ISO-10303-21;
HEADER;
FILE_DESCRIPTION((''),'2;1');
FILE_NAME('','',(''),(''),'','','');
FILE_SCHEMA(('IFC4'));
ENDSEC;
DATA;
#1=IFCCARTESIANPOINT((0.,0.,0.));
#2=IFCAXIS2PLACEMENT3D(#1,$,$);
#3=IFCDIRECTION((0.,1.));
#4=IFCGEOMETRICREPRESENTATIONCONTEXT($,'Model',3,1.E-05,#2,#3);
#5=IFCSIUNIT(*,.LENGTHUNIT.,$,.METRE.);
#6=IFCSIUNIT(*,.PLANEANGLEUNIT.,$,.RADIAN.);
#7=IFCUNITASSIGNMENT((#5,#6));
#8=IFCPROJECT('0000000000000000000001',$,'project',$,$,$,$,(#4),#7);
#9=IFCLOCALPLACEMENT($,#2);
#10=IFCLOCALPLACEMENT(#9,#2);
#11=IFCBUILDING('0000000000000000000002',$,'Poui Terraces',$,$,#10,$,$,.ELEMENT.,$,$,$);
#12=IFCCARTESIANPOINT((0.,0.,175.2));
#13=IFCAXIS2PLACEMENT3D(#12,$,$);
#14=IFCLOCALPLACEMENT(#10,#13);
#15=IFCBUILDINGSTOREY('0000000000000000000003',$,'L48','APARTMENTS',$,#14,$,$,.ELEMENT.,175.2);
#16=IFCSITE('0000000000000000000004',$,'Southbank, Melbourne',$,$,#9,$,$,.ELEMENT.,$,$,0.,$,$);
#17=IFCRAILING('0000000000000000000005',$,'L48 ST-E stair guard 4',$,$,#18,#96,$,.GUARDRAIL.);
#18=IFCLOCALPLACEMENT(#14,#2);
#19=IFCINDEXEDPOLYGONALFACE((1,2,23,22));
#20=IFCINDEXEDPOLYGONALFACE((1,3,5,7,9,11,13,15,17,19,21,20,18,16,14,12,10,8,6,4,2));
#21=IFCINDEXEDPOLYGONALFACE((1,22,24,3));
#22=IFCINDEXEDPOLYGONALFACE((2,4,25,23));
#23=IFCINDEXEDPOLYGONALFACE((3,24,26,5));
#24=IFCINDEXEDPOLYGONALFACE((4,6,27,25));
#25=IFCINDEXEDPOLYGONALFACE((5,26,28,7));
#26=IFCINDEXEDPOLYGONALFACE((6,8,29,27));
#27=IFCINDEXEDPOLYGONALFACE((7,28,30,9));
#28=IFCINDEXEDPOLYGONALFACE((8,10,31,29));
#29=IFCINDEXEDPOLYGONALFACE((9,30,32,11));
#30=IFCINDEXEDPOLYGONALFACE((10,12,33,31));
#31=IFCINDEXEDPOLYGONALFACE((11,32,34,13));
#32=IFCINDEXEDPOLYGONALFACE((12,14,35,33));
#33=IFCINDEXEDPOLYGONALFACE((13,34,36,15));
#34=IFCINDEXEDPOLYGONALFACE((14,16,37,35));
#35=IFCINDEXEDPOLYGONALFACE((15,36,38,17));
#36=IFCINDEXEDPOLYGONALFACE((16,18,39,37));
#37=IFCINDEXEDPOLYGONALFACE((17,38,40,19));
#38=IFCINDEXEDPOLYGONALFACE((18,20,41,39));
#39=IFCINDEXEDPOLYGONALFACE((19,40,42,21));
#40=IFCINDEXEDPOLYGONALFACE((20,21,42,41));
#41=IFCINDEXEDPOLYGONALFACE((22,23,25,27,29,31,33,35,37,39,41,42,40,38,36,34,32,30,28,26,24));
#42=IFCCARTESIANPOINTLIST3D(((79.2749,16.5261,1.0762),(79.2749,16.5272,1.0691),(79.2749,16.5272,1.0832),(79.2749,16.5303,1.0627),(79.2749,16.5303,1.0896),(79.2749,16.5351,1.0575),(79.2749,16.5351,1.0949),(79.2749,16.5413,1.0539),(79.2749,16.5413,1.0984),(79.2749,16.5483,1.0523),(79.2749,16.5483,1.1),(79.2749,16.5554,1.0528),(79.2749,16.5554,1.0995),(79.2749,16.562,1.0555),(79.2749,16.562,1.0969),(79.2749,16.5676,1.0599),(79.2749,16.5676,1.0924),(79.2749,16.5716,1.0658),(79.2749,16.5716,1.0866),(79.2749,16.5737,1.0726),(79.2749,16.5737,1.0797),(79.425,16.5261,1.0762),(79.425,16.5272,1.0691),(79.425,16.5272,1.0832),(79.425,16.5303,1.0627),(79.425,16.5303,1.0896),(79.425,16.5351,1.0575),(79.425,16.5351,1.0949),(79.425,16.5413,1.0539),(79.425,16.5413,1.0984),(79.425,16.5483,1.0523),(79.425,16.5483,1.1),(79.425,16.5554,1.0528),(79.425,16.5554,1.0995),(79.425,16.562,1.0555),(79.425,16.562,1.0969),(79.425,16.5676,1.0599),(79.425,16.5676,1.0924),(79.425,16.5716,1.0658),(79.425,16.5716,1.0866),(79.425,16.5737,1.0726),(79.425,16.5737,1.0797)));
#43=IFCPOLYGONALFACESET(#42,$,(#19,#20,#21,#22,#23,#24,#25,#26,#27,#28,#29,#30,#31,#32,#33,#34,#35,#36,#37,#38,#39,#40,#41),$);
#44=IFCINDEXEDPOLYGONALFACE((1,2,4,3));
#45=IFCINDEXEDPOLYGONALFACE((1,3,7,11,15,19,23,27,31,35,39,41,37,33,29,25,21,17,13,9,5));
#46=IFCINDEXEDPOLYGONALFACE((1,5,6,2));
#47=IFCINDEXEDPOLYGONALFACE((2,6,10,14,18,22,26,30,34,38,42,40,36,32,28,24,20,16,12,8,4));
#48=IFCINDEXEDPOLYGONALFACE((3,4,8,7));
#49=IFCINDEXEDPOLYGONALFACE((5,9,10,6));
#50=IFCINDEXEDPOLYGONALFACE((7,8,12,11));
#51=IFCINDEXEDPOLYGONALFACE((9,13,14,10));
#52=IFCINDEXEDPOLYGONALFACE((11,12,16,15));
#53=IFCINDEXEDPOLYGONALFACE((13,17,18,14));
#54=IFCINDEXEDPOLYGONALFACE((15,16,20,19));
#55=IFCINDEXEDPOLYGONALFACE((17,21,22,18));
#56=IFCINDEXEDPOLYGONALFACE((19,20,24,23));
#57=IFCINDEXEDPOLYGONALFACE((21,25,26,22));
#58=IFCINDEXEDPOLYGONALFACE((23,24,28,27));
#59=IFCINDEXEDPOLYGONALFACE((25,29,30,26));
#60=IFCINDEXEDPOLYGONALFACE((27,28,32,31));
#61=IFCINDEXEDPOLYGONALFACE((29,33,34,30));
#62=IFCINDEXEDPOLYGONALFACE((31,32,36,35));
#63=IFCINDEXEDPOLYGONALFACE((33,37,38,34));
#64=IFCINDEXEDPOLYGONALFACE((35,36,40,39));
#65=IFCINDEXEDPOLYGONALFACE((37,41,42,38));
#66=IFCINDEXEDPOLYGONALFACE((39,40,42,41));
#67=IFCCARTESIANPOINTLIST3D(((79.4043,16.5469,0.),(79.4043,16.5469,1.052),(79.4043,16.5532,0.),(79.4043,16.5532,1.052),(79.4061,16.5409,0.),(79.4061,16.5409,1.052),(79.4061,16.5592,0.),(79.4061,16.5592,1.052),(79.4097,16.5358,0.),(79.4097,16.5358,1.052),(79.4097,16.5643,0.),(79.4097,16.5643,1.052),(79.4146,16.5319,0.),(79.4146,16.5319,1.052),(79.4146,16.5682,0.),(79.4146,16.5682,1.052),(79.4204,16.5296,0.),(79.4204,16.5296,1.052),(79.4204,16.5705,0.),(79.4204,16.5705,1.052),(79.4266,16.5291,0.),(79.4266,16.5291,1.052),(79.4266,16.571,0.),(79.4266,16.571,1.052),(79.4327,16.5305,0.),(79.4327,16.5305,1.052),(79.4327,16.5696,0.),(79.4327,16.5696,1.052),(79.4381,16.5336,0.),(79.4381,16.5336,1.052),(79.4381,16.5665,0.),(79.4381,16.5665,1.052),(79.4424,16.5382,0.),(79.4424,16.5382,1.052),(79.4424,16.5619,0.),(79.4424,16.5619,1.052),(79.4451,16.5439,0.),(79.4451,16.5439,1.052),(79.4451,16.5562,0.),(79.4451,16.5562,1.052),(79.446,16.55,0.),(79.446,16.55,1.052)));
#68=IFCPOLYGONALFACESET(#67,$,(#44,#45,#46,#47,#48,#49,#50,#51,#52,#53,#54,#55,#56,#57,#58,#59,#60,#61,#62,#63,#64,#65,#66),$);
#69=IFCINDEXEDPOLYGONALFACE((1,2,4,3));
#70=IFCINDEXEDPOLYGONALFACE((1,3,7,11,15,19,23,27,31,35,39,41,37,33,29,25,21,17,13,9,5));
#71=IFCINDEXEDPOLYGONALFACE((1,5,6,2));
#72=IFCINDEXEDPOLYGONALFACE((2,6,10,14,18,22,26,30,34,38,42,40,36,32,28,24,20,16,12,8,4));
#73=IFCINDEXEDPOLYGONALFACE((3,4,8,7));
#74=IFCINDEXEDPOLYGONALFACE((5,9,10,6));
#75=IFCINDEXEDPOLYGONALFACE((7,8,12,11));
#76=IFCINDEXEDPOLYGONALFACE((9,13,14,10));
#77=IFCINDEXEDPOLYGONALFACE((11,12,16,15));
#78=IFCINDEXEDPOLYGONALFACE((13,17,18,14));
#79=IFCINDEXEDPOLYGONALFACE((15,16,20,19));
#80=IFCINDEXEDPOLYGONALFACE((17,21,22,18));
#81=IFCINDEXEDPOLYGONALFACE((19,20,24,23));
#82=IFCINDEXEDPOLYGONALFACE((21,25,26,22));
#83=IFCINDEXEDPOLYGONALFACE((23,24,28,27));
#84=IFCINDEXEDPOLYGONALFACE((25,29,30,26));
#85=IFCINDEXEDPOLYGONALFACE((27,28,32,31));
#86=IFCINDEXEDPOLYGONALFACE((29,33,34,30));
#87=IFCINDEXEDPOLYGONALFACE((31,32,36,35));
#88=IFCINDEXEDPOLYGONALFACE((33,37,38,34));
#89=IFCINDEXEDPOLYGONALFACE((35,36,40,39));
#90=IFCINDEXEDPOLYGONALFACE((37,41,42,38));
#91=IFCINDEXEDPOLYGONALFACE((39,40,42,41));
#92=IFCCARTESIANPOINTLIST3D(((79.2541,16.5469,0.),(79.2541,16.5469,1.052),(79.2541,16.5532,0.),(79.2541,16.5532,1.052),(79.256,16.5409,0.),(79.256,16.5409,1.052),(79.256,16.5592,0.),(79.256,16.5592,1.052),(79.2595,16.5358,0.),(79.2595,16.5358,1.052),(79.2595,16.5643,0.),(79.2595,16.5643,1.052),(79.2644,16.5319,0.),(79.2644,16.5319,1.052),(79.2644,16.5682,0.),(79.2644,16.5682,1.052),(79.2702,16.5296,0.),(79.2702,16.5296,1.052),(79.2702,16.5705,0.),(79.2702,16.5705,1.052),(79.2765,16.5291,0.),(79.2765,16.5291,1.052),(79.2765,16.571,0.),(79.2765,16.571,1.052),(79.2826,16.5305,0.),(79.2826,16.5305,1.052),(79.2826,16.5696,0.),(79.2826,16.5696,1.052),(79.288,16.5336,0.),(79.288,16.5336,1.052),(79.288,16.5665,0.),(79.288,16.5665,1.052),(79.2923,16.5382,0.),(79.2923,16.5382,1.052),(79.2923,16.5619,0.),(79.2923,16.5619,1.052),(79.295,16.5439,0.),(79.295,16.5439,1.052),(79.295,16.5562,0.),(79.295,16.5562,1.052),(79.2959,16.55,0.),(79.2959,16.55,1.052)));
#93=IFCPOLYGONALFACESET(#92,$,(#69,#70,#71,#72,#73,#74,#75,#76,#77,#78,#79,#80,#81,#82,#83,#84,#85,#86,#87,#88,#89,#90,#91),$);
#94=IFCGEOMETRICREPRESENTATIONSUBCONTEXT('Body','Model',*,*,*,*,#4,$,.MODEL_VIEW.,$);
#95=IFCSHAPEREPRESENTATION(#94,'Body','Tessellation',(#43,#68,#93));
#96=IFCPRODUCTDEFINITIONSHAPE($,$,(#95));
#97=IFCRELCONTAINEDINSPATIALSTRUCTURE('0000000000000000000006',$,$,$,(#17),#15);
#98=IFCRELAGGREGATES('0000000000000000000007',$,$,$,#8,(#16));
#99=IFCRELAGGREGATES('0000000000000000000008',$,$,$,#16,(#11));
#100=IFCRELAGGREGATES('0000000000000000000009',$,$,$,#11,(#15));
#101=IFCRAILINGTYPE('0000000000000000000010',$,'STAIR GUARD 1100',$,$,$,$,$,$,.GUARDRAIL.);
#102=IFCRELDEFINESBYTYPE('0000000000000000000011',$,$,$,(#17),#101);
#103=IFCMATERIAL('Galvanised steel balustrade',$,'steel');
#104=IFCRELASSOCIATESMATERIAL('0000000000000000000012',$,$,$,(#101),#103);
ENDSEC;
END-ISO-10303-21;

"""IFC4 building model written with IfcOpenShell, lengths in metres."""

from ifc_helpers import new_model, si_unit, direction, frame, origin, origin_2d, place, context, subcontext, project, spatial, circle, extrude, material, type_object, element, save


model = new_model("IFC4")

# Units and contexts
model_context = context("Model", 3, precision=1e-05, world=origin(), true_north=direction((0.0, 1.0)))
body_context = subcontext(model_context, "Body", "Model", "MODEL_VIEW")
ifc_project = project(units=[si_unit("LENGTHUNIT", "METRE"), si_unit("PLANEANGLEUNIT", "RADIAN")], contexts=[model_context])

# Site, building, storey
site_placement = place(None, origin())
site = spatial("IfcSite", under=ifc_project, at=site_placement, Name="Southbank, Melbourne", CompositionType="ELEMENT", RefElevation=0.0)
building_placement = place(site_placement, origin())
building = spatial("IfcBuilding", under=site, at=building_placement, Name="Poui Terraces", CompositionType="ELEMENT")
storey_placement = place(building_placement, frame((0.0, 0.0, 175.2)))
storey = spatial("IfcBuildingStorey", under=building, at=storey_placement, Name="L48", Description="APARTMENTS", CompositionType="ELEMENT", Elevation=175.2)

# Railing
ifc_material_1 = material(Name="Galvanised steel balustrade", Category="steel")
railing_type_1 = type_object("IfcRailingType", Name="STAIR GUARD 1100", PredefinedType="GUARDRAIL", material=ifc_material_1)
railing_1_placement = place(storey_placement, frame((79.425, 16.55, 0.0)))
element("IfcRailing", 1, at=railing_1_placement, inside=storey, type_object=railing_type_1, Name="L48 ST-E stair guard 4", PredefinedType="GUARDRAIL", context=body_context, shape_type="SweptSolid", body=[
    extrude(circle(Radius=0.0239, at=origin_2d()), frame((0.0, 0.0, 1.0762), z_axis=(-1.0, 0.0, 0.0), x_axis=(0.0, -1.0, 0.0)), (0.0, 0.0, 1.0), 0.1501),
    extrude(circle(Radius=0.021, at=origin_2d()), origin(), (0.0, 0.0, 1.0), 1.052),
    extrude(circle(Radius=0.021, at=origin_2d()), frame((-0.1501, 0.0, 0.0)), (0.0, 0.0, 1.0), 1.052),
])

save(model, "model.ifc")
